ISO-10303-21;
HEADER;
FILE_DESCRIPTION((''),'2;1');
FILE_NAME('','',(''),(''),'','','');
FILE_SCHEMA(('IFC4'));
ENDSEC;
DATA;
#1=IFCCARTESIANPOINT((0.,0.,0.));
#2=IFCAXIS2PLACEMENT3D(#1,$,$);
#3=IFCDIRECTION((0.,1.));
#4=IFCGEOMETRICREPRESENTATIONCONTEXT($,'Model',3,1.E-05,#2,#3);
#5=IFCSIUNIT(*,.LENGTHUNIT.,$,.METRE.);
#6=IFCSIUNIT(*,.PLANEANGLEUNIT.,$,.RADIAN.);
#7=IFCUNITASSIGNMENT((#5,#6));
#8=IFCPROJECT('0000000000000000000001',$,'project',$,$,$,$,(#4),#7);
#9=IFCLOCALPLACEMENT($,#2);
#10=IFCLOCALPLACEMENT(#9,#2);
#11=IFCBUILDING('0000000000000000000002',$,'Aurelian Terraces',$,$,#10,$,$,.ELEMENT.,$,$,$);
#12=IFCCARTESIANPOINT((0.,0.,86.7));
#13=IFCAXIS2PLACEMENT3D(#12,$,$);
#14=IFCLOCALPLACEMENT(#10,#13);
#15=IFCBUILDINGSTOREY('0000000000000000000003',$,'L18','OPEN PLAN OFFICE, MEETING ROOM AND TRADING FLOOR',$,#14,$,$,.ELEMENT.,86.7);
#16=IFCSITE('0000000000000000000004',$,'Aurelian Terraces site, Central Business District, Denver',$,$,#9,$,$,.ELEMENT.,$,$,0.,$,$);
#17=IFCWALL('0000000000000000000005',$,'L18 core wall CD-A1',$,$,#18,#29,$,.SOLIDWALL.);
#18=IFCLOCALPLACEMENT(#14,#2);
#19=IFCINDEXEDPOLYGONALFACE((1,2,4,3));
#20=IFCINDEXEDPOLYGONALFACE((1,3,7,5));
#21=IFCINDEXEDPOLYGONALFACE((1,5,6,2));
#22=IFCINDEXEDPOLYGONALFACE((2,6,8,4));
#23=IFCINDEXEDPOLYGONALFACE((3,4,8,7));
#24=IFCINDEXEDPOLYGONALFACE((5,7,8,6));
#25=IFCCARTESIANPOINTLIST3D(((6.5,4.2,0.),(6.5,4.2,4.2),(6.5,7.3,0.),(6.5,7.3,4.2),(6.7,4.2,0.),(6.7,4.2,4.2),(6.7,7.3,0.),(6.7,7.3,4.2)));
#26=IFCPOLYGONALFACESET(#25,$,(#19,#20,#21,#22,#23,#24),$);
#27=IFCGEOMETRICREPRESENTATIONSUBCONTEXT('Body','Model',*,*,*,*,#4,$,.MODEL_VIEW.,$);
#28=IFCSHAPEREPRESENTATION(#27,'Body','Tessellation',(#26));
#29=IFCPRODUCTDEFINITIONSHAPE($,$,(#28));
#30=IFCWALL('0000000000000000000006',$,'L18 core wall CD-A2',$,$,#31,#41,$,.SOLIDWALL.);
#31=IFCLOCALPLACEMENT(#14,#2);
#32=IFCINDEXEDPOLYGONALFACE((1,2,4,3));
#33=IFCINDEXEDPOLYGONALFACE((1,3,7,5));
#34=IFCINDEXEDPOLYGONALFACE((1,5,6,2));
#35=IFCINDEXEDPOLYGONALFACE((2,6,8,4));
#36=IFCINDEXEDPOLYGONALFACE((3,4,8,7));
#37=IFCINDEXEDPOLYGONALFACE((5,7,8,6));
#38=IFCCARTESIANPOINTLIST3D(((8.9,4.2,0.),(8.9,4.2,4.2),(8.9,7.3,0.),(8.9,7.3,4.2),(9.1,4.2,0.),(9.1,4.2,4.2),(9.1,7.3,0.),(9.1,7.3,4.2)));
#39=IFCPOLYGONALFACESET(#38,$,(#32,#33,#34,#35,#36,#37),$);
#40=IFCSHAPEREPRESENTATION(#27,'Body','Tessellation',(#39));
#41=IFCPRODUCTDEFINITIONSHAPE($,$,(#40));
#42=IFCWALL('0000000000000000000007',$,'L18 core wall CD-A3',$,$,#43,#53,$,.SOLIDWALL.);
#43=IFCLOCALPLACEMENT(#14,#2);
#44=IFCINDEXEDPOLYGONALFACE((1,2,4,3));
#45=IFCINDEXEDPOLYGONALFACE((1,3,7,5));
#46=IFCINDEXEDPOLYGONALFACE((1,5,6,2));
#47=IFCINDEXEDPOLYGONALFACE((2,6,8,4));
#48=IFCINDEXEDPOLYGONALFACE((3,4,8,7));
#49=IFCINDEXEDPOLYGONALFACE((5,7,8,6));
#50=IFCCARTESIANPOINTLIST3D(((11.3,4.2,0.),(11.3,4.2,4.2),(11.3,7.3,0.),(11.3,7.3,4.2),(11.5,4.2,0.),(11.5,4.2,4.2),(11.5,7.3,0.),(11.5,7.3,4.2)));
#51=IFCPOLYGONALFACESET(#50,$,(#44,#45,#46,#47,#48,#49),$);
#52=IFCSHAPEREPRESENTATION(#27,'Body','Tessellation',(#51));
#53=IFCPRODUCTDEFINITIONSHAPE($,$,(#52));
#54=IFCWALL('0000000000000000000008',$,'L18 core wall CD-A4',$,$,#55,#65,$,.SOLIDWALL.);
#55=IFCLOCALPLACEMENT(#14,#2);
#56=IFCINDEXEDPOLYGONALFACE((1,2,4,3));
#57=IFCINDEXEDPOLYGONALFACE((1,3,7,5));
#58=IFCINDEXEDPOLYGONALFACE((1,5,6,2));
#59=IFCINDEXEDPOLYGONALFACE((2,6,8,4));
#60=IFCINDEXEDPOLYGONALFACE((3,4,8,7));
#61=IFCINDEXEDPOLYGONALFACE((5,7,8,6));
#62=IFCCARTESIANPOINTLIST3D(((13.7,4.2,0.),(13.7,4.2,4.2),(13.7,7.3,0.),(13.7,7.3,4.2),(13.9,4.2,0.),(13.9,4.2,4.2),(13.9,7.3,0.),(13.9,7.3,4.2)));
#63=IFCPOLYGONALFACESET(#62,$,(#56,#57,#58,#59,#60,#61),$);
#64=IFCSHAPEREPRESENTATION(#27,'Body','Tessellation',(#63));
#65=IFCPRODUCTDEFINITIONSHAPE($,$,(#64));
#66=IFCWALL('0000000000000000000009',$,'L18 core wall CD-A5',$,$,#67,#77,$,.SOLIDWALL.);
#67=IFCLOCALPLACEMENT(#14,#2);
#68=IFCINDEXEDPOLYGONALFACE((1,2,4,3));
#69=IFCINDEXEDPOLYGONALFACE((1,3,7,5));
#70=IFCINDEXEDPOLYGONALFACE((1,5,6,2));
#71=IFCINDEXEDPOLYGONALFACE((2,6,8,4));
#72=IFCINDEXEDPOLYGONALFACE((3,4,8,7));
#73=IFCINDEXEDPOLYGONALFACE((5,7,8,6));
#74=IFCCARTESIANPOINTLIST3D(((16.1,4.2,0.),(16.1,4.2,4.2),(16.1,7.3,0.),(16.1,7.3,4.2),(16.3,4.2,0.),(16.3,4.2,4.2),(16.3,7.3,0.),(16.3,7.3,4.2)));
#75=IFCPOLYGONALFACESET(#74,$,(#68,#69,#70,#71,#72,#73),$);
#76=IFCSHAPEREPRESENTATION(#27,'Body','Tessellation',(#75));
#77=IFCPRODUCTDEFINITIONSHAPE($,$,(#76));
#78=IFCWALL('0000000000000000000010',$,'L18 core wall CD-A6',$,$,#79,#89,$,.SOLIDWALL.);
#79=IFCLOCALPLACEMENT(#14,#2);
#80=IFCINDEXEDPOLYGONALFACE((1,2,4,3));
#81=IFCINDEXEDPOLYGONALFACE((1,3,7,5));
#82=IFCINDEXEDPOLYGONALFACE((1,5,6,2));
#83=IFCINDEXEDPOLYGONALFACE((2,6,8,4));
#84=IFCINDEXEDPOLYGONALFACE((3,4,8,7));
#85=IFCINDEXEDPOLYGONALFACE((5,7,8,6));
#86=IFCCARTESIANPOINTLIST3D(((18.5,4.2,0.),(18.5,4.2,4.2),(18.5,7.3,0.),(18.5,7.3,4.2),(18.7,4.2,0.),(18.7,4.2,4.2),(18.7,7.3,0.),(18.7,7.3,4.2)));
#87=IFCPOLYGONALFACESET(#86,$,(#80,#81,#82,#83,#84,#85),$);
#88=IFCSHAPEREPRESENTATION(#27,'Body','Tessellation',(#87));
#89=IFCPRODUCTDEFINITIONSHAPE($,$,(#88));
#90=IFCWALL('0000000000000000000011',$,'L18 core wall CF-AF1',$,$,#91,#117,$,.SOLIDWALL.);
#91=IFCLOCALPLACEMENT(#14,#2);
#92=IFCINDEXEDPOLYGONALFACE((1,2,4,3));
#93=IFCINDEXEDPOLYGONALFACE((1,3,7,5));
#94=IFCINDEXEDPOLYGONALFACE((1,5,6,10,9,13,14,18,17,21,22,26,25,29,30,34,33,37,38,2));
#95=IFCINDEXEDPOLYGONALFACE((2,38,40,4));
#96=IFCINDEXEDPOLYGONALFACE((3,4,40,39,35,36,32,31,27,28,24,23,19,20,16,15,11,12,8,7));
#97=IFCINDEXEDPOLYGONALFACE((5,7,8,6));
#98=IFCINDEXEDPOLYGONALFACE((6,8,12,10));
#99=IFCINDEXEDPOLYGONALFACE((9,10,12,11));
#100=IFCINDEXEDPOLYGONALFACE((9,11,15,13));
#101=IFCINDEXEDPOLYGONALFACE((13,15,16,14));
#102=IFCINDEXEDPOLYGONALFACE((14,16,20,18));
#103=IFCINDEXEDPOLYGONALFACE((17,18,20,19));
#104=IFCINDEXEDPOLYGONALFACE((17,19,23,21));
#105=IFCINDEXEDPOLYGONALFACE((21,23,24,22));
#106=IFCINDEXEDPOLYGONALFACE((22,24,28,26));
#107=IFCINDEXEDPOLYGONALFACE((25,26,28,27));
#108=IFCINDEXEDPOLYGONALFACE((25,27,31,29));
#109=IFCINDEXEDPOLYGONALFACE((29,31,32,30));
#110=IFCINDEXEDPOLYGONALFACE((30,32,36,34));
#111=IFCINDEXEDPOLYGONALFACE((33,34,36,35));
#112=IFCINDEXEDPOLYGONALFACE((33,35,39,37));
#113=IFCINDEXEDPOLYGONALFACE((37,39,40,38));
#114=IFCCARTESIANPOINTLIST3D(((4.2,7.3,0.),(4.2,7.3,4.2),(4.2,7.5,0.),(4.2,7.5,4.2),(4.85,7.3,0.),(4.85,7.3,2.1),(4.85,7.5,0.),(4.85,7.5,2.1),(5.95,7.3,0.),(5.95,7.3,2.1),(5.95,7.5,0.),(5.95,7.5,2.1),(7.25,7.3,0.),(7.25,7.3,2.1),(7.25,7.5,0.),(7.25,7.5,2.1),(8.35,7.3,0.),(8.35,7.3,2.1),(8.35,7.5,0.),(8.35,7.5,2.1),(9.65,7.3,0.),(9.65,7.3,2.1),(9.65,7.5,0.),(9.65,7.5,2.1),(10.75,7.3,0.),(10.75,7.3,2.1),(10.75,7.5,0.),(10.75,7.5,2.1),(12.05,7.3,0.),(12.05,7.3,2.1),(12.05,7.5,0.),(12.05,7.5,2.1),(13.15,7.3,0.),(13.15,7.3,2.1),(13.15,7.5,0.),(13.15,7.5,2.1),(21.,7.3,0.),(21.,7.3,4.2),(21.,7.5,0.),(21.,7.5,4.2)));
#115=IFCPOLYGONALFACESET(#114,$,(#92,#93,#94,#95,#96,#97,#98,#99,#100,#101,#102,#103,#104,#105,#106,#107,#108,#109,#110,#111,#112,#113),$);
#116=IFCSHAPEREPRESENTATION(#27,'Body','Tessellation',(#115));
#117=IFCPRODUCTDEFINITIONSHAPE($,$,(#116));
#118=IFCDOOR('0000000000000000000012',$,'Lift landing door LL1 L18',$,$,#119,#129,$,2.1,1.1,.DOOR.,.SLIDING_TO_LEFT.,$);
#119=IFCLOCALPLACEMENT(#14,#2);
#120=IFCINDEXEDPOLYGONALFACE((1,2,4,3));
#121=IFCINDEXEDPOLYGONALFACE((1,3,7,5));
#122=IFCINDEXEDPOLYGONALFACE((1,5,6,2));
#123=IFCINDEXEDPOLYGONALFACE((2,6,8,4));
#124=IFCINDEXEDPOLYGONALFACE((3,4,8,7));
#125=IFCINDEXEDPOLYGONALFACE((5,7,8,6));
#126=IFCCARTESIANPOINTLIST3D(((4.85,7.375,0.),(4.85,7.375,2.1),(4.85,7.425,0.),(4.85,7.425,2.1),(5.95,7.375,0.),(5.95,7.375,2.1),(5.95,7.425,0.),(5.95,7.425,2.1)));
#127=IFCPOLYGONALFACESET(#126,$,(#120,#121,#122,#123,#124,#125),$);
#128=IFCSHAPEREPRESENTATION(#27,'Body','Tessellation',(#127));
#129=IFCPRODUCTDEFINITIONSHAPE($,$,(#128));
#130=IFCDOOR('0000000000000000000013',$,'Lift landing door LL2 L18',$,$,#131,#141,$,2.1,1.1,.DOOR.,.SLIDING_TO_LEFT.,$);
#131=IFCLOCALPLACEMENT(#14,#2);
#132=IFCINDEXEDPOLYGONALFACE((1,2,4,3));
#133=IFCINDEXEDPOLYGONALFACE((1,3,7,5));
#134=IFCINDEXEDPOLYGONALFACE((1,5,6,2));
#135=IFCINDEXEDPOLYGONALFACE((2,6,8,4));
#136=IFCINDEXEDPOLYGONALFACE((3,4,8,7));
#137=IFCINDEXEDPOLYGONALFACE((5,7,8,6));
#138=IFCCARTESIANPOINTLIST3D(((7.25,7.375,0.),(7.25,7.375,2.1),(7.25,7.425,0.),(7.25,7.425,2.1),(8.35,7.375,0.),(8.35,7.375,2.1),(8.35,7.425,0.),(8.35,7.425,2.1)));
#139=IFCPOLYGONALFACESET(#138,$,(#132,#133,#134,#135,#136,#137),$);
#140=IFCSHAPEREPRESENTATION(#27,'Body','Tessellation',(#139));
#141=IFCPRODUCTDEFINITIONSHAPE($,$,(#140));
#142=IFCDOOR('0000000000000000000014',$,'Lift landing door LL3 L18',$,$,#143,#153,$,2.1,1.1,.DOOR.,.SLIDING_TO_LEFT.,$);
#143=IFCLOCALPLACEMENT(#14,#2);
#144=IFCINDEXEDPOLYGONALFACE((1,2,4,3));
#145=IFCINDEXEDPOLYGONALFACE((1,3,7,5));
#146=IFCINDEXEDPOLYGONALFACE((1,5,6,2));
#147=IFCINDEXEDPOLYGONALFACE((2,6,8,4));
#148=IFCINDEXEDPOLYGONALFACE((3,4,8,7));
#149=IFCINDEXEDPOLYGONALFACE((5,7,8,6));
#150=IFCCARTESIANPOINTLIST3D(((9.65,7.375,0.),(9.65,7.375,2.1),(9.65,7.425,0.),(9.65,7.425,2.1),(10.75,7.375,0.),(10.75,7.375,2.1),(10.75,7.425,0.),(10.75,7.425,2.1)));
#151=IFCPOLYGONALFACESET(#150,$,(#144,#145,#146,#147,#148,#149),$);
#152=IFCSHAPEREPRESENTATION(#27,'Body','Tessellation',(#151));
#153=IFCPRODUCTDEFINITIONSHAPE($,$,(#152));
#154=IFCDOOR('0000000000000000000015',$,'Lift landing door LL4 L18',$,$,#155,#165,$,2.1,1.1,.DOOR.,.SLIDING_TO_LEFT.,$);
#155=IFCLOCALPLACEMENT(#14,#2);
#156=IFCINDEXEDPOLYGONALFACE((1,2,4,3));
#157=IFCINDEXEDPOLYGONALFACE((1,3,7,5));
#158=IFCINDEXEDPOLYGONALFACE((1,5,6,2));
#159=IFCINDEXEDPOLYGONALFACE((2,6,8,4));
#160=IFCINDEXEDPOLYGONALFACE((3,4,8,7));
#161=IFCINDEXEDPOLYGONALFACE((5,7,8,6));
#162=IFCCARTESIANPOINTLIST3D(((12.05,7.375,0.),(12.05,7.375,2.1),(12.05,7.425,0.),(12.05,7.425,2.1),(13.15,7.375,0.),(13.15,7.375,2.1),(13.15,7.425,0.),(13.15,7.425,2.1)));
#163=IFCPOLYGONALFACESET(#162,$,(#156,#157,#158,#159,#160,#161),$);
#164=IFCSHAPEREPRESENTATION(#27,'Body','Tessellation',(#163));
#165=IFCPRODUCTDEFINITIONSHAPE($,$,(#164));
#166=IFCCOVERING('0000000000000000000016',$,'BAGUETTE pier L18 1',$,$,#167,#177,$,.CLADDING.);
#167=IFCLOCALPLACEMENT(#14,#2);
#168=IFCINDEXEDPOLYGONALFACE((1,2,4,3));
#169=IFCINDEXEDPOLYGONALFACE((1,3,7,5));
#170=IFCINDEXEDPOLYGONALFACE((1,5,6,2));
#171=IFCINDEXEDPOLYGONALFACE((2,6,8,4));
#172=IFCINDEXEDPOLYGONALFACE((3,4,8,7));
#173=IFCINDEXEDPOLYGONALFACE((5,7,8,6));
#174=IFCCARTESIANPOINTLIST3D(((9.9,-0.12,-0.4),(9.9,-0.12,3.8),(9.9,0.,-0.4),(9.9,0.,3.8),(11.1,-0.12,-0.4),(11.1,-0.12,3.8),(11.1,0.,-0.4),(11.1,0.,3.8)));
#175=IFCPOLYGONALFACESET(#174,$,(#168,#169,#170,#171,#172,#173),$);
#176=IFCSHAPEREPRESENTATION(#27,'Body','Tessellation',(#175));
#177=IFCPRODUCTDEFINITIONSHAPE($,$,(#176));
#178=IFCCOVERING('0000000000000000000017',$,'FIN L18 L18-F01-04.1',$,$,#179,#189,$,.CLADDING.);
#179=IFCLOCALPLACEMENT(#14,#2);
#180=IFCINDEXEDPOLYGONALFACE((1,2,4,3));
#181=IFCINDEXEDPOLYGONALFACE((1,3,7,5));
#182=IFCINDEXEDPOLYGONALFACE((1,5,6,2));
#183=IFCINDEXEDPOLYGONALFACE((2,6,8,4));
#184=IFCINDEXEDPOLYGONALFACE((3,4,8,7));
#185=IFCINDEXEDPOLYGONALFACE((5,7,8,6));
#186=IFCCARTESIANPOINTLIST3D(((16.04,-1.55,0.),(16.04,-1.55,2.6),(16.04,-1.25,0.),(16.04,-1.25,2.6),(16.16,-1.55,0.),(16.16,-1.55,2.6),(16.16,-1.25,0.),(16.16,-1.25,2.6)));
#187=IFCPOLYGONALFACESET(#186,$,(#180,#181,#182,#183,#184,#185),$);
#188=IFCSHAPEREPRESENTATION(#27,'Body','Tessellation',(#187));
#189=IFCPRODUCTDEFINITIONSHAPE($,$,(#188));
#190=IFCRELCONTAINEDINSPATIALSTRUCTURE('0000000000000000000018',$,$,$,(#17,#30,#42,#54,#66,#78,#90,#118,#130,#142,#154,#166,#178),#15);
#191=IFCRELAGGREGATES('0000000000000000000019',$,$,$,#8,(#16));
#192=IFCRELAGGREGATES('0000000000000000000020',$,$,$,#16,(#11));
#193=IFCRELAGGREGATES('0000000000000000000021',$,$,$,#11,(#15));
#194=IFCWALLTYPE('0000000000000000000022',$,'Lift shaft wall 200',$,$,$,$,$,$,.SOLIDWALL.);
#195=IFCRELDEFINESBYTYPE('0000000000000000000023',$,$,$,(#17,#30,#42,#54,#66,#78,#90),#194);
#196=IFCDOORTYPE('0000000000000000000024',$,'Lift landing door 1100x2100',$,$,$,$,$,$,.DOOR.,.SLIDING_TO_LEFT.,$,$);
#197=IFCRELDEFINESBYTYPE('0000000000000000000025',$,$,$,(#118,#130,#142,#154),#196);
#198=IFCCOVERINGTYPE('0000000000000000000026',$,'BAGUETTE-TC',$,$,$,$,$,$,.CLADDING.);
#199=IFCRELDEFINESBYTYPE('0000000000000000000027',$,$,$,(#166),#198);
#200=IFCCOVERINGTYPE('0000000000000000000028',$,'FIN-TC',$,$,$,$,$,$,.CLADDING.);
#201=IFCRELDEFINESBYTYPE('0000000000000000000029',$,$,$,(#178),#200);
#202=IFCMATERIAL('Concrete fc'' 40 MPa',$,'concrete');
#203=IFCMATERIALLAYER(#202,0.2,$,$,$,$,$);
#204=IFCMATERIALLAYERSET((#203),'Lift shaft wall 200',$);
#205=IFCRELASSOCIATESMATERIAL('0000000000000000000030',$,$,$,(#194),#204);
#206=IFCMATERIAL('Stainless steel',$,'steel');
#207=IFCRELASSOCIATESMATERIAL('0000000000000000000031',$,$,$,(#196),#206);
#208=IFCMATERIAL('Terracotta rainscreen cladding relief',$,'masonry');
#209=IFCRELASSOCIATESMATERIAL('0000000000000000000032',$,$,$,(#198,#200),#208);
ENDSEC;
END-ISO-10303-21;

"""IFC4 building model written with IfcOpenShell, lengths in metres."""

from ifc_helpers import new_model, si_unit, direction, frame, frame_2d, origin, origin_2d, place, context, subcontext, project, spatial, rectangle, extrude, source, transform, mapped, material, layer, layer_set, type_object, element, fill, save


model = new_model("IFC4")

# Units and contexts
model_context = context("Model", 3, precision=1e-05, world=origin(), true_north=direction((0.0, 1.0)))
body_context = subcontext(model_context, "Body", "Model", "MODEL_VIEW")
ifc_project = project(units=[si_unit("LENGTHUNIT", "METRE"), si_unit("PLANEANGLEUNIT", "RADIAN")], contexts=[model_context])

# Site, building, storey
site_placement = place(None, origin())
site = spatial("IfcSite", under=ifc_project, at=site_placement, Name="Aurelian Terraces site, Central Business District, Denver", CompositionType="ELEMENT", RefElevation=0.0)
building_placement = place(site_placement, origin())
building = spatial("IfcBuilding", under=site, at=building_placement, Name="Aurelian Terraces", CompositionType="ELEMENT")
storey_placement = place(building_placement, frame((0.0, 0.0, 86.7)))
storey = spatial("IfcBuildingStorey", under=building, at=storey_placement, Name="L18", Description="OPEN PLAN OFFICE, MEETING ROOM AND TRADING FLOOR", CompositionType="ELEMENT", Elevation=86.7)

# Walls
ifc_material_1 = material(Name="Concrete fc' 40 MPa", Category="concrete")
ifc_layer_1 = layer(ifc_material_1, 0.2)
ifc_layer_set_1 = layer_set([ifc_layer_1], Name="Lift shaft wall 200")
wall_type_1 = type_object("IfcWallType", Name="Lift shaft wall 200", PredefinedType="SOLIDWALL", material=ifc_layer_set_1)
shared_shape_1 = source(origin(), body_context, "Body", "SweptSolid", [
    extrude(rectangle(XDim=3.1, YDim=0.2, at=frame_2d((1.55, 0.0))), origin(), (0.0, 0.0, 1.0), 4.2),
])
for number, where, z_axis, x_axis, name in (
    (1, (6.6, 4.2, 0.0), (0.0, 0.0, 1.0), (0.0, 1.0, 0.0), "L18 core wall CD-A1"),
    (2, (9.0, 4.2, 0.0), (0.0, 0.0, 1.0), (0.0, 1.0, 0.0), "L18 core wall CD-A2"),
    (3, (11.4, 4.2, 0.0), (0.0, 0.0, 1.0), (0.0, 1.0, 0.0), "L18 core wall CD-A3"),
    (4, (13.8, 4.2, 0.0), (0.0, 0.0, 1.0), (0.0, 1.0, 0.0), "L18 core wall CD-A4"),
    (5, (16.2, 4.2, 0.0), (0.0, 0.0, 1.0), (0.0, 1.0, 0.0), "L18 core wall CD-A5"),
    (6, (18.6, 4.2, 0.0), (0.0, 0.0, 1.0), (0.0, 1.0, 0.0), "L18 core wall CD-A6"),
):
    element("IfcWall", number, at=place(storey_placement, frame(where, z_axis=z_axis, x_axis=x_axis)), inside=storey, type_object=wall_type_1, Name=name, PredefinedType="SOLIDWALL", context=body_context, shape_type="MappedRepresentation", body=[
        mapped(shared_shape_1, transform((0.0, 0.0, 0.0), scale=1.0)),
    ])

# Wall, openings, doors
shared_shape_2 = source(origin(), body_context, "Body", "SweptSolid", [
    extrude(rectangle(XDim=16.8, YDim=0.2, at=frame_2d((8.4, 0.0))), origin(), (0.0, 0.0, 1.0), 4.2),
])
wall_1_placement = place(storey_placement, frame((4.2, 7.4, 0.0), z_axis=(0.0, 0.0, 1.0), x_axis=(1.0, 0.0, 0.0)))
wall_1 = element("IfcWall", 7, at=wall_1_placement, inside=storey, type_object=wall_type_1, Name="L18 core wall CF-AF1", PredefinedType="SOLIDWALL", context=body_context, shape_type="MappedRepresentation", body=[
    mapped(shared_shape_2, transform((0.0, 0.0, 0.0), scale=1.0)),
])
shared_shape_3 = source(origin(), body_context, "Body", "SweptSolid", [
    extrude(rectangle(XDim=1.1, YDim=2.1, at=frame_2d((0.55, 1.05))), frame((0.0, 0.11, 0.0), z_axis=(0.0, -1.0, 0.0), x_axis=(1.0, 0.0, 0.0)), (0.0, 0.0, 1.0), 0.22),
])
opening_1_placement = place(wall_1_placement, frame((0.65, 0.0, 0.0)))
opening_1 = element("IfcOpeningElement", 8, at=opening_1_placement, cuts=wall_1, PredefinedType="OPENING", context=body_context, shape_type="MappedRepresentation", body=[
    mapped(shared_shape_3, transform((0.0, 0.0, 0.0), scale=1.0)),
])
opening_2_placement = place(wall_1_placement, frame((3.05, 0.0, 0.0)))
opening_2 = element("IfcOpeningElement", 9, at=opening_2_placement, cuts=wall_1, PredefinedType="OPENING", context=body_context, shape_type="MappedRepresentation", body=[
    mapped(shared_shape_3, transform((0.0, 0.0, 0.0), scale=1.0)),
])
opening_3_placement = place(wall_1_placement, frame((5.45, 0.0, 0.0)))
opening_3 = element("IfcOpeningElement", 10, at=opening_3_placement, cuts=wall_1, PredefinedType="OPENING", context=body_context, shape_type="MappedRepresentation", body=[
    mapped(shared_shape_3, transform((0.0, 0.0, 0.0), scale=1.0)),
])
opening_4_placement = place(wall_1_placement, frame((7.85, 0.0, 0.0)))
opening_4 = element("IfcOpeningElement", 11, at=opening_4_placement, cuts=wall_1, PredefinedType="OPENING", context=body_context, shape_type="MappedRepresentation", body=[
    mapped(shared_shape_3, transform((0.0, 0.0, 0.0), scale=1.0)),
])
ifc_material_2 = material(Name="Stainless steel", Category="steel")
door_type_1 = type_object("IfcDoorType", Name="Lift landing door 1100x2100", OperationType="SLIDING_TO_LEFT", PredefinedType="DOOR", material=ifc_material_2)
shared_shape_4 = source(origin(), body_context, "Body", "SweptSolid", [
    extrude(rectangle(XDim=1.1, YDim=2.1, at=frame_2d((0.55, 1.05))), frame((0.0, 0.025, 0.0), z_axis=(0.0, -1.0, 0.0), x_axis=(1.0, 0.0, 0.0)), (0.0, 0.0, 1.0), 0.05),
])
door_1_placement = place(opening_1_placement, origin())
door_1 = element("IfcDoor", 12, at=door_1_placement, inside=storey, type_object=door_type_1, Name="Lift landing door LL1 L18", OperationType="SLIDING_TO_LEFT", OverallHeight=2.1, OverallWidth=1.1, PredefinedType="DOOR", context=body_context, shape_type="MappedRepresentation", body=[
    mapped(shared_shape_4, transform((0.0, 0.0, 0.0), scale=1.0)),
])
fill(opening_1, door_1)
door_2_placement = place(opening_2_placement, origin())
door_2 = element("IfcDoor", 13, at=door_2_placement, inside=storey, type_object=door_type_1, Name="Lift landing door LL2 L18", OperationType="SLIDING_TO_LEFT", OverallHeight=2.1, OverallWidth=1.1, PredefinedType="DOOR", context=body_context, shape_type="MappedRepresentation", body=[
    mapped(shared_shape_4, transform((0.0, 0.0, 0.0), scale=1.0)),
])
fill(opening_2, door_2)
door_3_placement = place(opening_3_placement, origin())
door_3 = element("IfcDoor", 14, at=door_3_placement, inside=storey, type_object=door_type_1, Name="Lift landing door LL3 L18", OperationType="SLIDING_TO_LEFT", OverallHeight=2.1, OverallWidth=1.1, PredefinedType="DOOR", context=body_context, shape_type="MappedRepresentation", body=[
    mapped(shared_shape_4, transform((0.0, 0.0, 0.0), scale=1.0)),
])
fill(opening_3, door_3)
door_4_placement = place(opening_4_placement, origin())
door_4 = element("IfcDoor", 15, at=door_4_placement, inside=storey, type_object=door_type_1, Name="Lift landing door LL4 L18", OperationType="SLIDING_TO_LEFT", OverallHeight=2.1, OverallWidth=1.1, PredefinedType="DOOR", context=body_context, shape_type="MappedRepresentation", body=[
    mapped(shared_shape_4, transform((0.0, 0.0, 0.0), scale=1.0)),
])
fill(opening_4, door_4)

# Coverings
ifc_material_3 = material(Name="Terracotta rainscreen cladding relief", Category="masonry")
covering_type_1 = type_object("IfcCoveringType", Name="BAGUETTE-TC", PredefinedType="CLADDING", material=ifc_material_3)
shared_shape_5 = source(origin(), body_context, "Body", "SweptSolid", [
    extrude(rectangle(XDim=1.2, YDim=0.12, at=origin_2d()), origin(), (0.0, 0.0, 1.0), 4.2),
])
covering_1_placement = place(storey_placement, frame((10.5, -0.06, -0.4), z_axis=(0.0, 0.0, 1.0), x_axis=(1.0, 0.0, 0.0)))
element("IfcCovering", 16, at=covering_1_placement, inside=storey, type_object=covering_type_1, Name="BAGUETTE pier L18 1", PredefinedType="CLADDING", context=body_context, shape_type="MappedRepresentation", body=[
    mapped(shared_shape_5, transform((0.0, 0.0, 0.0), scale=1.0)),
])
covering_type_2 = type_object("IfcCoveringType", Name="FIN-TC", PredefinedType="CLADDING", material=ifc_material_3)
shared_shape_6 = source(origin(), body_context, "Body", "SweptSolid", [
    extrude(rectangle(XDim=0.12, YDim=0.3, at=origin_2d()), origin(), (0.0, 0.0, 1.0), 2.6),
])
covering_2_placement = place(storey_placement, frame((16.1, -1.4, 0.0), z_axis=(0.0, 0.0, 1.0), x_axis=(1.0, 0.0, 0.0)))
element("IfcCovering", 17, at=covering_2_placement, inside=storey, type_object=covering_type_2, Name="FIN L18 L18-F01-04.1", PredefinedType="CLADDING", context=body_context, shape_type="MappedRepresentation", body=[
    mapped(shared_shape_6, transform((0.0, 0.0, 0.0), scale=1.0)),
])

save(model, "model.ifc")
